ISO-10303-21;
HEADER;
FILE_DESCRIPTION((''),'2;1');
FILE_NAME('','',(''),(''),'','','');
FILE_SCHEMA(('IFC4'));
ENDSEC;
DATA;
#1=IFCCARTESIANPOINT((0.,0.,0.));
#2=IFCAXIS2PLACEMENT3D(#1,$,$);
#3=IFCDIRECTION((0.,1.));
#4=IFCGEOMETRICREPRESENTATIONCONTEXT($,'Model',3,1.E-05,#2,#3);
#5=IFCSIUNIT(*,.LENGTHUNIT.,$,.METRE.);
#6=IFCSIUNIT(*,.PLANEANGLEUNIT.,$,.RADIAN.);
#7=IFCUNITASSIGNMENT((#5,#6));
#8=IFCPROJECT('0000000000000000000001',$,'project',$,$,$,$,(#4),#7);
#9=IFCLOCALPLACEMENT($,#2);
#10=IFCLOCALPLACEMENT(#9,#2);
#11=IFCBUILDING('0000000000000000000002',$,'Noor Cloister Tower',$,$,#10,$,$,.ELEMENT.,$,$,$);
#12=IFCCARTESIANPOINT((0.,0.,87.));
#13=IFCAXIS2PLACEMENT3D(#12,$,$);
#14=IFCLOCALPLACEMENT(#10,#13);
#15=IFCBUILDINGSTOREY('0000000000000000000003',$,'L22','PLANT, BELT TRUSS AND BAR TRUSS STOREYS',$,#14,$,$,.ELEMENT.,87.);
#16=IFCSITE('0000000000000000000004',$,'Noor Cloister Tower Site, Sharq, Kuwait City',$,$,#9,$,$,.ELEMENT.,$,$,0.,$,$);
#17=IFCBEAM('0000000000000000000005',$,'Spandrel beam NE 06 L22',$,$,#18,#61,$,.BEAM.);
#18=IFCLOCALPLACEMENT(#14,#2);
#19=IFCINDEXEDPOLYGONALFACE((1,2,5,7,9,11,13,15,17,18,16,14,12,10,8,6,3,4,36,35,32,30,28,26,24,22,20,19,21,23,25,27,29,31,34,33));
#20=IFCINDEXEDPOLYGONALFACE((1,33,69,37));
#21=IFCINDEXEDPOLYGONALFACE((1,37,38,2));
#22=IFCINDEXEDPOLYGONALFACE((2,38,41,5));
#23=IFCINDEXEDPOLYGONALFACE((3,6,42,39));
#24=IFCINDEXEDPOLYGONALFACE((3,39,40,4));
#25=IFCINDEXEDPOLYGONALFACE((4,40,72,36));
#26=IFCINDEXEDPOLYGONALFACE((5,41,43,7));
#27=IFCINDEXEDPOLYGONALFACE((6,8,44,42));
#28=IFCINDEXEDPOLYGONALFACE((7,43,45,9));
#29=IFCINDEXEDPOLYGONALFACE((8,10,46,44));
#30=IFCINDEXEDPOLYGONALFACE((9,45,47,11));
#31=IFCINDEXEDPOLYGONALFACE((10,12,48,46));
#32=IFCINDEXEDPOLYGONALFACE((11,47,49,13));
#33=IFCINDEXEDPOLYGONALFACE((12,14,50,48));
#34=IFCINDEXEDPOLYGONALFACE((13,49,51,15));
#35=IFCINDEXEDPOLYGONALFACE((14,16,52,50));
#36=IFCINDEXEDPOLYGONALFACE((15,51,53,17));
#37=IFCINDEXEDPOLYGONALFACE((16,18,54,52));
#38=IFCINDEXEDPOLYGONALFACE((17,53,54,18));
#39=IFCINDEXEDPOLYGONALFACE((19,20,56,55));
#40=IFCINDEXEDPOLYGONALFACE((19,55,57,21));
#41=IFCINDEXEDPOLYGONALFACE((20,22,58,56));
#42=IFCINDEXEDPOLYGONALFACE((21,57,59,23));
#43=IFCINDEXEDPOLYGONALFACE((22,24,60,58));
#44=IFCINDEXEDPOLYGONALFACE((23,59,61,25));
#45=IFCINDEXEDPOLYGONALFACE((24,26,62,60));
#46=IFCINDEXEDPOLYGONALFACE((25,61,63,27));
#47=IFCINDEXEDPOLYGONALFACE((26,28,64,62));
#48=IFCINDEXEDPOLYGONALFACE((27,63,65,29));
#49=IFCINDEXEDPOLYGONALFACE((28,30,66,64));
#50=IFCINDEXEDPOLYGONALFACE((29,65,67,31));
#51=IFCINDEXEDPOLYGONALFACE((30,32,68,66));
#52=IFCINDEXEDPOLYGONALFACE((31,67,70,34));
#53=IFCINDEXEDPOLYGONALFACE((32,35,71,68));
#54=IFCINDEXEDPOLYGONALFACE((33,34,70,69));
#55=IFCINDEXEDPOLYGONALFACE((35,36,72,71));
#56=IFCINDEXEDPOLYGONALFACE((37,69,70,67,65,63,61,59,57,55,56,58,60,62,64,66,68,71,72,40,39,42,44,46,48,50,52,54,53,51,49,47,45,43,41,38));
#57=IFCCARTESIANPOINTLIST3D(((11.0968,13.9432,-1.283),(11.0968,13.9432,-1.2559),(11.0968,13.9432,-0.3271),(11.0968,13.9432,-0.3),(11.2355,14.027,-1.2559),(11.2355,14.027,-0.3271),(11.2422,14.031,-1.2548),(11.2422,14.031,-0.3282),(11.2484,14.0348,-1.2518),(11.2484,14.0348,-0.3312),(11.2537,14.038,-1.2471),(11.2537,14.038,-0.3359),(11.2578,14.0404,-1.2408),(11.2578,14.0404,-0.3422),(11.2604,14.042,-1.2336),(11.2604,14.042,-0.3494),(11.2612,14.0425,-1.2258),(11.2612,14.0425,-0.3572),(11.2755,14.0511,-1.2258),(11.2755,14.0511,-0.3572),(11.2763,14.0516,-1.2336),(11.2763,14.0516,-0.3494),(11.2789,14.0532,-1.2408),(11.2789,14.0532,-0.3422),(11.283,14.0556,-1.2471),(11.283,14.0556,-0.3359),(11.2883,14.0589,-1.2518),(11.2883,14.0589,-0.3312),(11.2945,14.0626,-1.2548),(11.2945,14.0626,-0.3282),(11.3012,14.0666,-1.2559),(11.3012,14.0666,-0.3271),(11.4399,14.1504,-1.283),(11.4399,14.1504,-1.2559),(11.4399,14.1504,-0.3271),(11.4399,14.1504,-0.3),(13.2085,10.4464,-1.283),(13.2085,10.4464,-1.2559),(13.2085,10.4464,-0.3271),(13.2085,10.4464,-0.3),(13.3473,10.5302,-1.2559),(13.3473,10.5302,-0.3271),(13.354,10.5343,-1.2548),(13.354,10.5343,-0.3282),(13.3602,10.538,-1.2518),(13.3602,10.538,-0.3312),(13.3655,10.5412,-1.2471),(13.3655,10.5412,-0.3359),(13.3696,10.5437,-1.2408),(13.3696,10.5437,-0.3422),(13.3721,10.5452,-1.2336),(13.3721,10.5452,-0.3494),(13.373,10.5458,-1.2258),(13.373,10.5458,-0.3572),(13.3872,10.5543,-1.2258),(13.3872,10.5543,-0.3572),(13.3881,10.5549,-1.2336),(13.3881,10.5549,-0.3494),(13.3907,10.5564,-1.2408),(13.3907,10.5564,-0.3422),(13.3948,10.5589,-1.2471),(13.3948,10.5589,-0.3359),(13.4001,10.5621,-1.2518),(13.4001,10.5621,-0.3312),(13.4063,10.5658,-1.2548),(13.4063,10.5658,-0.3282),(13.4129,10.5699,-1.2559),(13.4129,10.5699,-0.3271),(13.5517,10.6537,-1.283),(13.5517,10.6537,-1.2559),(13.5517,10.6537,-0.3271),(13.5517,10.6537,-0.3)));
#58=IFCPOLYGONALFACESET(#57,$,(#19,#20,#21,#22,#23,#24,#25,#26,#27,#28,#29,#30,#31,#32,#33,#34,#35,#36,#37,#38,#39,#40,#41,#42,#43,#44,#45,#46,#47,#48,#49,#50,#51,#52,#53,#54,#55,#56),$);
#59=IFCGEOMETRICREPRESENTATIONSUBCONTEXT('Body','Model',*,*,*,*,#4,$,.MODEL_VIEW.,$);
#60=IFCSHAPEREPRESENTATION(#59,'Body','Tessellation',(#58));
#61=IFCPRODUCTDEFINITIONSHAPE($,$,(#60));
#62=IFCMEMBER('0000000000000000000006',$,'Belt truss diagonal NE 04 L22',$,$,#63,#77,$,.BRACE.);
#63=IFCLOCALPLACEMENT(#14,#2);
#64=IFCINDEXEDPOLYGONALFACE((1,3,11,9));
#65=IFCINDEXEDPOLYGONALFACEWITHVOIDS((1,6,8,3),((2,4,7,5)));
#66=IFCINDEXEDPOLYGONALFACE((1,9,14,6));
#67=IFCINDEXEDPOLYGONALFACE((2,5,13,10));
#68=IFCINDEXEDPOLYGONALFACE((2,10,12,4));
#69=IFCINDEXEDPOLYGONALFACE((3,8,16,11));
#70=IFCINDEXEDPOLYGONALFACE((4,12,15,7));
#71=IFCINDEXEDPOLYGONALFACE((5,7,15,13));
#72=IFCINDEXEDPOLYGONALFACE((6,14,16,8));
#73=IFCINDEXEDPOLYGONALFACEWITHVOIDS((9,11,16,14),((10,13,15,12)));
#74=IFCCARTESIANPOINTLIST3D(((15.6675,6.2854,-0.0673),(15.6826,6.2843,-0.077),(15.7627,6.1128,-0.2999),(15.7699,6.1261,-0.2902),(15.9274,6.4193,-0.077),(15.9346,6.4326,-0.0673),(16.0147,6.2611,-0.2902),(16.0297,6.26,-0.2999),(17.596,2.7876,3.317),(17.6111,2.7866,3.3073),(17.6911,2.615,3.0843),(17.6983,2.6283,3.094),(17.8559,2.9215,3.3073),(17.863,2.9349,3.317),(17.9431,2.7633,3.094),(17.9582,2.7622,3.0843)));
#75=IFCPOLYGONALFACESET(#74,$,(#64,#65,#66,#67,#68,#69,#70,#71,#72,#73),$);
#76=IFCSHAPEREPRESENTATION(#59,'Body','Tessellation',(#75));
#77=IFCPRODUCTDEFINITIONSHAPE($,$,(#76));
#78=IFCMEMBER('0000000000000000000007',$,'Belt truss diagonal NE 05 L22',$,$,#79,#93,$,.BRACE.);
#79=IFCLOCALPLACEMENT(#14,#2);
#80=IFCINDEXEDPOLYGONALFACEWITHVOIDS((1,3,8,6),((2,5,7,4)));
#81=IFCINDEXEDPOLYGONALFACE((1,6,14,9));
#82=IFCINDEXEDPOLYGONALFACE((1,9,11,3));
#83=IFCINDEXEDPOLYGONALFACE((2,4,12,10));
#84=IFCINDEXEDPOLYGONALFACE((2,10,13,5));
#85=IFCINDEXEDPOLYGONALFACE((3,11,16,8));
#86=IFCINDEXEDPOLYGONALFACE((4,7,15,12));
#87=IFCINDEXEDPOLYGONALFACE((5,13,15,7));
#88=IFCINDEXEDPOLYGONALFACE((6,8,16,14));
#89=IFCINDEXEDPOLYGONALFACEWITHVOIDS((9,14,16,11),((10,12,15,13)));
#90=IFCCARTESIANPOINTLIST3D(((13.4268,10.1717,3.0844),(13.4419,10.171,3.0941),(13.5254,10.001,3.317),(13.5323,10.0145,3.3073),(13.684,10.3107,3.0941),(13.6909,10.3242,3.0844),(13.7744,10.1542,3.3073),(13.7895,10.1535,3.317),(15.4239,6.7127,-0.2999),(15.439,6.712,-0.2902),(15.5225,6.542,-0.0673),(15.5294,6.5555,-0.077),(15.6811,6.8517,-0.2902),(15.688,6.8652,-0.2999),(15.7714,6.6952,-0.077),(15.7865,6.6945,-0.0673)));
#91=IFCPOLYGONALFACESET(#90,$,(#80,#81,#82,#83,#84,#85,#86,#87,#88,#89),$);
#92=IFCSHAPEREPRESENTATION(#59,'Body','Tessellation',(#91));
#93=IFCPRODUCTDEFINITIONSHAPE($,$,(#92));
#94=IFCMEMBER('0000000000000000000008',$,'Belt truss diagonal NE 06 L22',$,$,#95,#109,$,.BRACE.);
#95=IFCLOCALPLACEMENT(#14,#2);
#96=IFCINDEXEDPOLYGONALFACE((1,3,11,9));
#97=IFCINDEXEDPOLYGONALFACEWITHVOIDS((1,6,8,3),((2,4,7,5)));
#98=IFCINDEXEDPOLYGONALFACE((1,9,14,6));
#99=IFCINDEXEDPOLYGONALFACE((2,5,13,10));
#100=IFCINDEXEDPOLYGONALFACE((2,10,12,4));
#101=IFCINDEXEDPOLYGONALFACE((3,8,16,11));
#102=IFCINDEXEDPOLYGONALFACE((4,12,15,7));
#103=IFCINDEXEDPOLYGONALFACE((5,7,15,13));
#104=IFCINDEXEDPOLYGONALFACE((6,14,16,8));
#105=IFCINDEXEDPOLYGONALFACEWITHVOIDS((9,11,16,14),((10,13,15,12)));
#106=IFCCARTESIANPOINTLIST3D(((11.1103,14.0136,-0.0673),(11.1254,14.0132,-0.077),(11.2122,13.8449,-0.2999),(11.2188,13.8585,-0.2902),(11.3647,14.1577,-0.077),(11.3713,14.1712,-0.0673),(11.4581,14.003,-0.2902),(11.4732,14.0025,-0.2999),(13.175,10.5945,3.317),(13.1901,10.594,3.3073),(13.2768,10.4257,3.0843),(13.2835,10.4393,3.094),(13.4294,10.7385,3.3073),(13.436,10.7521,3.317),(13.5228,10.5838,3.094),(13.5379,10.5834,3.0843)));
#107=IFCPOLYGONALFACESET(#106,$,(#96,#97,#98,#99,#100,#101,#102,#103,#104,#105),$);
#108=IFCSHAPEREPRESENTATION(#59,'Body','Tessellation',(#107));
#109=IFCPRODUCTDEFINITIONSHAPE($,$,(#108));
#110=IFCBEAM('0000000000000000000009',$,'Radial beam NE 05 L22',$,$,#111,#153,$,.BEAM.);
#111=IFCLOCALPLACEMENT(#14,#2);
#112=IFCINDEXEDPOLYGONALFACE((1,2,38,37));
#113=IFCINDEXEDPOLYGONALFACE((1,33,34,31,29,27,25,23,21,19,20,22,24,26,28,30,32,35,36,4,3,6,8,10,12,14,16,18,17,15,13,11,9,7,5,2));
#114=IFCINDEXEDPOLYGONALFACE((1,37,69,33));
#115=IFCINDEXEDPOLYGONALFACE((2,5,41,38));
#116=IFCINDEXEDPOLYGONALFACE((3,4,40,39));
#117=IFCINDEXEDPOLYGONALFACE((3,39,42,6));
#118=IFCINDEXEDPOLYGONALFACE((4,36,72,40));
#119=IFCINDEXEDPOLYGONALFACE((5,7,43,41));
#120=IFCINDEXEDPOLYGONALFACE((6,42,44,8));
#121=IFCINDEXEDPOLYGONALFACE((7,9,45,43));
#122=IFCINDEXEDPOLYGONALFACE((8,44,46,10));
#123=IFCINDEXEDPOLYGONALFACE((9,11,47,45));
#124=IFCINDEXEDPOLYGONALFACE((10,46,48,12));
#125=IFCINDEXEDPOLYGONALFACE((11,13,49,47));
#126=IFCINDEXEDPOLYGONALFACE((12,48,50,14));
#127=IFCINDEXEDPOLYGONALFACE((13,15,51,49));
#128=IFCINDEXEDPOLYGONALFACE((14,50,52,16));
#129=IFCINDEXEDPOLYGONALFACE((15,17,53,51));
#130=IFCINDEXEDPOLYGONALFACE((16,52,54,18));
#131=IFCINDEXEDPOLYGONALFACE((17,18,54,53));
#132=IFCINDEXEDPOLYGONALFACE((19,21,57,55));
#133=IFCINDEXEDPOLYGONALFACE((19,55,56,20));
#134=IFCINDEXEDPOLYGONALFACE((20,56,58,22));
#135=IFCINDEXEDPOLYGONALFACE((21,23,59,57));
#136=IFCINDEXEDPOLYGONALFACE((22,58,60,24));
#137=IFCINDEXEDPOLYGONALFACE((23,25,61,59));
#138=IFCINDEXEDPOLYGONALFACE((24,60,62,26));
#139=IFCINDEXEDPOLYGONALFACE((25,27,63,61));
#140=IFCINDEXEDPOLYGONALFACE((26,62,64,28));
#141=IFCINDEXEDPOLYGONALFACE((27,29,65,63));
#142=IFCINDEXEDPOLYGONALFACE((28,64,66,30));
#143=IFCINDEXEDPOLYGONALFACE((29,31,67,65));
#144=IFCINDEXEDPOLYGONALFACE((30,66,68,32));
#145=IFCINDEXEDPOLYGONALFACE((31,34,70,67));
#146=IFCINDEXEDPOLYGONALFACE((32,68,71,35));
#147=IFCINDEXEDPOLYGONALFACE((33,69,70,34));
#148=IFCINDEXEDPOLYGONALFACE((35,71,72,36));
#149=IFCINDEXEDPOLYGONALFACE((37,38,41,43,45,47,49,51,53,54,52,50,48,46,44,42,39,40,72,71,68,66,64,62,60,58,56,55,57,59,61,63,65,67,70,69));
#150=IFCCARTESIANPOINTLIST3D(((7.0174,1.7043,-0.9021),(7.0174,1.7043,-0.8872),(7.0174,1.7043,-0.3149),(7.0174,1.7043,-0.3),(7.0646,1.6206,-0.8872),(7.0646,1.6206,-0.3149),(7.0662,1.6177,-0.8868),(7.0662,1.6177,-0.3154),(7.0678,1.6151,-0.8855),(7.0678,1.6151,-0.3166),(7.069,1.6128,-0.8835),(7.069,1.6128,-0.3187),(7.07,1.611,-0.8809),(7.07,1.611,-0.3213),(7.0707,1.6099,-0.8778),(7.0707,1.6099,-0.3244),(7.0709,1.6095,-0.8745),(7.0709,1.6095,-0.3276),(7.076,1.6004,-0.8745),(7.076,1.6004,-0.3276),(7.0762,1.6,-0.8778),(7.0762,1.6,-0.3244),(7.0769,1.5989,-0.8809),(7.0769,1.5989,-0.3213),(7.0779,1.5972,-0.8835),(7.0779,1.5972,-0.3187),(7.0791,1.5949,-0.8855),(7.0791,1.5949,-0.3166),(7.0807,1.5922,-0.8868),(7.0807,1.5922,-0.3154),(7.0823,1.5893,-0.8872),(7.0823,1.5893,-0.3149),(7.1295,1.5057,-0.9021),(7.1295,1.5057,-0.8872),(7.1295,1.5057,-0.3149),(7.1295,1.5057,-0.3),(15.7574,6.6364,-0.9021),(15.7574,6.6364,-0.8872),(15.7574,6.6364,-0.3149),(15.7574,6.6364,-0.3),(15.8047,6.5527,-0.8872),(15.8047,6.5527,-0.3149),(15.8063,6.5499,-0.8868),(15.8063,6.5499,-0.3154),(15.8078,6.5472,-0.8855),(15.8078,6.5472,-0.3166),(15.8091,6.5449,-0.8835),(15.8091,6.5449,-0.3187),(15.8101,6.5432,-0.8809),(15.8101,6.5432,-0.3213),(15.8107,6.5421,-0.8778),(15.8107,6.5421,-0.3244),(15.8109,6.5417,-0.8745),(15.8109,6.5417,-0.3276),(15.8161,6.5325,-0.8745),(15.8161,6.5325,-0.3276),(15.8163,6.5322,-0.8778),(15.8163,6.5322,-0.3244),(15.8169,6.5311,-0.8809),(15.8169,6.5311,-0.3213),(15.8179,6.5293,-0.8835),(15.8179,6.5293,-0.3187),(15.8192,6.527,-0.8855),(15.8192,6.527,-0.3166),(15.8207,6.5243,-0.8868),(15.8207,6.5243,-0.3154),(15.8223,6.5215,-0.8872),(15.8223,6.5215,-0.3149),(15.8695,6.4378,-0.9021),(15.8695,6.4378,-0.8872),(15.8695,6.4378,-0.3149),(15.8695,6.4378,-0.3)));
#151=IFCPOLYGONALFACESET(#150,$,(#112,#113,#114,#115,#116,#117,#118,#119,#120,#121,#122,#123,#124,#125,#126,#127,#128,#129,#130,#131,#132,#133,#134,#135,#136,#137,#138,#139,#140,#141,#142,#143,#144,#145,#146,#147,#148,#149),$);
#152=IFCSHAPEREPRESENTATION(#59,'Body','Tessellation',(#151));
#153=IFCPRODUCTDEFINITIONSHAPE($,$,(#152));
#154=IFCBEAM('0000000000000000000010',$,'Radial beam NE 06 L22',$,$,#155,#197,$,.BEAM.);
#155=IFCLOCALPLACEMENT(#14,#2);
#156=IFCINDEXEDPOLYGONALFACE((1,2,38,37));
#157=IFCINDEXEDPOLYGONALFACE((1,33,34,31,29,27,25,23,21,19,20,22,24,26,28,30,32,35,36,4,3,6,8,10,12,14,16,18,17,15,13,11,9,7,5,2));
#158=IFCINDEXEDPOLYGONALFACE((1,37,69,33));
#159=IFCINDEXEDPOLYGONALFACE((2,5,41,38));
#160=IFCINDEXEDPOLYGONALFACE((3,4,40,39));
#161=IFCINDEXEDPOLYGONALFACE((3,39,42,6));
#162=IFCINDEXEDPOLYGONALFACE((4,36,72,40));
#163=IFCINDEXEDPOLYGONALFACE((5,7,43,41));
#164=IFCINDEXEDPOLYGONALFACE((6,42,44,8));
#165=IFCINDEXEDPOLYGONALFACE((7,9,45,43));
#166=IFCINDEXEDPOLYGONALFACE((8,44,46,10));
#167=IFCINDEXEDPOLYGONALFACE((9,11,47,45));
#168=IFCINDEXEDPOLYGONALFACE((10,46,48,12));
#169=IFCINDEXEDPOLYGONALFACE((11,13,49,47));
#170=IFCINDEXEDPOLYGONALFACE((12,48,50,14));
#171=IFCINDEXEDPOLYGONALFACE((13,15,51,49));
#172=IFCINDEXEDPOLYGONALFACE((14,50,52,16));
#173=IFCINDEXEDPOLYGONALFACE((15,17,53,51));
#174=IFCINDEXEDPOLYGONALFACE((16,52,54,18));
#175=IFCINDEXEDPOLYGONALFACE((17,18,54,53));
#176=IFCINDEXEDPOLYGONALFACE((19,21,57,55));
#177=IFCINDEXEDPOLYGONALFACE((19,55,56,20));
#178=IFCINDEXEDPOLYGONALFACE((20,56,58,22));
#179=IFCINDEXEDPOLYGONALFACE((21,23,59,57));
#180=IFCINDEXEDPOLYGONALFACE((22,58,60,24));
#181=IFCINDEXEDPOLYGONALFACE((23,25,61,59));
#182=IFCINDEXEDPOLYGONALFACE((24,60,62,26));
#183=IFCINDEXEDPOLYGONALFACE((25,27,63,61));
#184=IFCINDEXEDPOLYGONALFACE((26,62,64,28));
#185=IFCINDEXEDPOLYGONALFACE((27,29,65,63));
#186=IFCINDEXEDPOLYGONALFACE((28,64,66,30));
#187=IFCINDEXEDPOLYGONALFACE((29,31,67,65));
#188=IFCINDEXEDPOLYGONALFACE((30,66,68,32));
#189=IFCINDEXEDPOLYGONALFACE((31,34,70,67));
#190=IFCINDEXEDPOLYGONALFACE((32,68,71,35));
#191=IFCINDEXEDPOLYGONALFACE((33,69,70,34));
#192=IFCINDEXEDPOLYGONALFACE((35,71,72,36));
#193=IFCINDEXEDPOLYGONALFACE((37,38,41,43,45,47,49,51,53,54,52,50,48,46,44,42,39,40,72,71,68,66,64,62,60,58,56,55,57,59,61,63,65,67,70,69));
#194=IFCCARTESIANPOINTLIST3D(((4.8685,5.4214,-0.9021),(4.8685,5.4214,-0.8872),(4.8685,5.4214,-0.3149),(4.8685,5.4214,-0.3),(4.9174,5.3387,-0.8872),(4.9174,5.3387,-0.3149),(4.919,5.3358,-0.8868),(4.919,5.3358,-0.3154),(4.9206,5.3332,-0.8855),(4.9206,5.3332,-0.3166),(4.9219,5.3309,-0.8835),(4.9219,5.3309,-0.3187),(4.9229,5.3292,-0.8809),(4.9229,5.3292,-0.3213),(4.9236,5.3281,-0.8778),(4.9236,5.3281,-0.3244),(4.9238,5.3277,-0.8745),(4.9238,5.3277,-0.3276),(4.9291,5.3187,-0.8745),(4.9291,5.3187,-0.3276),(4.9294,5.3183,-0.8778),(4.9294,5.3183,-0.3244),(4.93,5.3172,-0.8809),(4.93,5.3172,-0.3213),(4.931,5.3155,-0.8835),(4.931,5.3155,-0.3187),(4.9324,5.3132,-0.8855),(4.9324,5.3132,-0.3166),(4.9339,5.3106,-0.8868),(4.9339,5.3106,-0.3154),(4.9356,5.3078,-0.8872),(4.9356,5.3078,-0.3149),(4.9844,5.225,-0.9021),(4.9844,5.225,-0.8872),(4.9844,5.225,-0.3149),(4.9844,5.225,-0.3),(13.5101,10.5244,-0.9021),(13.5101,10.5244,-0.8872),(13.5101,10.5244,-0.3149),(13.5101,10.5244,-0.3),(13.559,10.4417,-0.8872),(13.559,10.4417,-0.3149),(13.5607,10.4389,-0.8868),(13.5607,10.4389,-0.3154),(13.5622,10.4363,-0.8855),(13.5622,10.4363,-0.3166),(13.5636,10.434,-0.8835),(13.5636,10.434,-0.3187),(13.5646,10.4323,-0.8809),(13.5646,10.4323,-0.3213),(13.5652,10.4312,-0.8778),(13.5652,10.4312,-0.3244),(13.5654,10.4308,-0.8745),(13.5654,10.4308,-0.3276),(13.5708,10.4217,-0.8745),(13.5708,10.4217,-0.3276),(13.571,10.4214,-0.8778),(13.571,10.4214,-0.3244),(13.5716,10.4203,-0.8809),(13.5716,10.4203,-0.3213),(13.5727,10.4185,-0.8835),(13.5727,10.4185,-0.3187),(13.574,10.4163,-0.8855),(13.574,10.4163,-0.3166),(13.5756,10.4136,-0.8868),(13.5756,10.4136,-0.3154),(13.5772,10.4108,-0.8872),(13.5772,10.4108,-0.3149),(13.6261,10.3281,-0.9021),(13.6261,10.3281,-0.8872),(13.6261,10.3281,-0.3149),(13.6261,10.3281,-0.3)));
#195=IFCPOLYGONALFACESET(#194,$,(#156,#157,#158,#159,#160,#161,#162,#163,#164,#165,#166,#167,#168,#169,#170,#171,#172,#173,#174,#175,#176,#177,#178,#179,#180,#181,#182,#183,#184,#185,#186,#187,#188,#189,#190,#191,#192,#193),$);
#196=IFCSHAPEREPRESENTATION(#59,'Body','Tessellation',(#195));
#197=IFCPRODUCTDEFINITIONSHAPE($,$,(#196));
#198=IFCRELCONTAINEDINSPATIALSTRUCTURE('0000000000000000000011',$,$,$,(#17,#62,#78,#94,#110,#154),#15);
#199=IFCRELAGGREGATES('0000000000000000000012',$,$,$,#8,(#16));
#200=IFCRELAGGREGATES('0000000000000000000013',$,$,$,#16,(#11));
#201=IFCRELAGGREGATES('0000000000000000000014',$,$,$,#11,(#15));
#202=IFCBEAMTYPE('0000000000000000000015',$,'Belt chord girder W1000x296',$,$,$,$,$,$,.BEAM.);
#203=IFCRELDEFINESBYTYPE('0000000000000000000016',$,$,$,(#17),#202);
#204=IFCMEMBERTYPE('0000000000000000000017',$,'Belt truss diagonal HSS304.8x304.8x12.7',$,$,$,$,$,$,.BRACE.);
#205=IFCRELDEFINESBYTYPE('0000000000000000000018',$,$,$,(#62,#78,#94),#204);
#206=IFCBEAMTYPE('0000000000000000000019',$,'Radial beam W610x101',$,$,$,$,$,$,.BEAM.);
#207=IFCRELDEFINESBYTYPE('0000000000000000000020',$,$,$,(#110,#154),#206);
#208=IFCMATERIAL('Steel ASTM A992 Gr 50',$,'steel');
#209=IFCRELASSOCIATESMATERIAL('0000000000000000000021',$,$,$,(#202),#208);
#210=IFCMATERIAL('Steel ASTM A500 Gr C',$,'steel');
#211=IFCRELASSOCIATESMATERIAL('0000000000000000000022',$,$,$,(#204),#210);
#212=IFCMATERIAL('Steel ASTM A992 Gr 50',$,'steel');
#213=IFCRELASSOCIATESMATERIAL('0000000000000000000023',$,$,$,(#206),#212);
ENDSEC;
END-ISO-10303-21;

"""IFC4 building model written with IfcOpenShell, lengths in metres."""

from ifc_helpers import new_model, si_unit, direction, frame, origin, origin_2d, place, context, subcontext, project, spatial, hollow_rectangle, i_section, extrude, material, material_profile, profile_set, type_object, element, save


model = new_model("IFC4")

# Units and contexts
model_context = context("Model", 3, precision=1e-05, world=origin(), true_north=direction((0.0, 1.0)))
body_context = subcontext(model_context, "Body", "Model", "MODEL_VIEW")
ifc_project = project(units=[si_unit("LENGTHUNIT", "METRE"), si_unit("PLANEANGLEUNIT", "RADIAN")], contexts=[model_context])

# Site, building, storey
site_placement = place(None, origin())
site = spatial("IfcSite", under=ifc_project, at=site_placement, Name="Noor Cloister Tower Site, Sharq, Kuwait City", CompositionType="ELEMENT", RefElevation=0.0)
building_placement = place(site_placement, origin())
building = spatial("IfcBuilding", under=site, at=building_placement, Name="Noor Cloister Tower", CompositionType="ELEMENT")
storey_placement = place(building_placement, frame((0.0, 0.0, 87.0)))
storey = spatial("IfcBuildingStorey", under=building, at=storey_placement, Name="L22", Description="PLANT, BELT TRUSS AND BAR TRUSS STOREYS", CompositionType="ELEMENT", Elevation=87.0)

# Beam
ifc_material_1 = material(Name="Steel ASTM A992 Gr 50", Category="steel")
ifc_material_profile_1 = material_profile(ifc_material_1, i_section(OverallWidth=0.4009, OverallDepth=0.9829, WebThickness=0.0166, FlangeThickness=0.0271, FilletRadius=0.03, at=origin_2d()), Name="W1000x296")
ifc_profile_set_1 = profile_set([ifc_material_profile_1], Name="Steel ASTM A992 Gr 50")
beam_type_1 = type_object("IfcBeamType", Name="Belt chord girder W1000x296", PredefinedType="BEAM", material=ifc_profile_set_1)
beam_1_placement = place(storey_placement, frame((13.3801, 10.55, -0.7915), z_axis=(-0.516963, 0.856008, 0.0), x_axis=(-0.856008, -0.516963, 0.0)))
element("IfcBeam", 1, at=beam_1_placement, inside=storey, type_object=beam_type_1, Name="Spandrel beam NE 06 L22", PredefinedType="BEAM", context=body_context, shape_type="SweptSolid", body=[
    extrude(i_section(OverallWidth=0.4009, OverallDepth=0.9829, WebThickness=0.0166, FlangeThickness=0.0271, FilletRadius=0.03, at=origin_2d()), origin(), (0.0, 0.0, 1.0), 4.085),
])

# Members
ifc_material_2 = material(Name="Steel ASTM A500 Gr C", Category="steel")
ifc_material_profile_2 = material_profile(ifc_material_2, hollow_rectangle(XDim=0.3049, YDim=0.3049, WallThickness=0.0127, at=origin_2d()), Name="HSS304.8x304.8x12.7")
ifc_profile_set_2 = profile_set([ifc_material_profile_2], Name="Steel ASTM A500 Gr C")
member_type = type_object("IfcMemberType", Name="Belt truss diagonal HSS304.8x304.8x12.7", PredefinedType="BRACE", material=ifc_profile_set_2)
for number, where, z_axis, x_axis, name in (
    (2, (15.8486, 6.2727, -0.1836), (0.368368, -0.668136, 0.646451), (0.875721, 0.482817, 0.0), "Belt truss diagonal NE 04 L22"),
    (3, (15.6052, 6.7036, -0.1836), (-0.381478, 0.66073, 0.64646), (-0.866023, -0.500005, 0.0), "Belt truss diagonal NE 05 L22"),
    (4, (11.2917, 14.0081, -0.1836), (0.394389, -0.653117, 0.646448), (0.856033, 0.516921, 0.0), "Belt truss diagonal NE 06 L22"),
):
    element("IfcMember", number, at=place(storey_placement, frame(where, z_axis=z_axis, x_axis=x_axis)), inside=storey, type_object=member_type, Name=name, PredefinedType="BRACE", context=body_context, shape_type="SweptSolid", body=[
        extrude(hollow_rectangle(XDim=0.3049, YDim=0.3049, WallThickness=0.0127, at=origin_2d()), origin(), (0.0, 0.0, 1.0), 5.2351),
    ])

# Beams
ifc_material_3 = material(Name="Steel ASTM A992 Gr 50", Category="steel")
ifc_material_profile_3 = material_profile(ifc_material_3, i_section(OverallWidth=0.228, OverallDepth=0.6021, WebThickness=0.0105, FlangeThickness=0.0149, FilletRadius=0.0127, at=origin_2d()), Name="W610x101")
ifc_profile_set_3 = profile_set([ifc_material_profile_3], Name="Steel ASTM A992 Gr 50")
beam_type_2 = type_object("IfcBeamType", Name="Radial beam W610x101", PredefinedType="BEAM", material=ifc_profile_set_3)
beam_2_placement = place(storey_placement, frame((15.8135, 6.5371, -0.6011), z_axis=(-0.870898, -0.491463, 0.0), x_axis=(0.491463, -0.870898, 0.0)))
element("IfcBeam", 5, at=beam_2_placement, inside=storey, type_object=beam_type_2, Name="Radial beam NE 05 L22", PredefinedType="BEAM", context=body_context, shape_type="SweptSolid", body=[
    extrude(i_section(OverallWidth=0.228, OverallDepth=0.6021, WebThickness=0.0105, FlangeThickness=0.0149, FilletRadius=0.0127, at=origin_2d()), origin(), (0.0, 0.0, 1.0), 10.0356),
])
beam_3_placement = place(storey_placement, frame((13.5681, 10.4263, -0.6011), z_axis=(-0.861074, -0.50848, 0.0), x_axis=(0.50848, -0.861074, 0.0)))
element("IfcBeam", 6, at=beam_3_placement, inside=storey, type_object=beam_type_2, Name="Radial beam NE 06 L22", PredefinedType="BEAM", context=body_context, shape_type="SweptSolid", body=[
    extrude(i_section(OverallWidth=0.228, OverallDepth=0.6021, WebThickness=0.0105, FlangeThickness=0.0149, FilletRadius=0.0127, at=origin_2d()), origin(), (0.0, 0.0, 1.0), 10.0359),
])

save(model, "model.ifc")
